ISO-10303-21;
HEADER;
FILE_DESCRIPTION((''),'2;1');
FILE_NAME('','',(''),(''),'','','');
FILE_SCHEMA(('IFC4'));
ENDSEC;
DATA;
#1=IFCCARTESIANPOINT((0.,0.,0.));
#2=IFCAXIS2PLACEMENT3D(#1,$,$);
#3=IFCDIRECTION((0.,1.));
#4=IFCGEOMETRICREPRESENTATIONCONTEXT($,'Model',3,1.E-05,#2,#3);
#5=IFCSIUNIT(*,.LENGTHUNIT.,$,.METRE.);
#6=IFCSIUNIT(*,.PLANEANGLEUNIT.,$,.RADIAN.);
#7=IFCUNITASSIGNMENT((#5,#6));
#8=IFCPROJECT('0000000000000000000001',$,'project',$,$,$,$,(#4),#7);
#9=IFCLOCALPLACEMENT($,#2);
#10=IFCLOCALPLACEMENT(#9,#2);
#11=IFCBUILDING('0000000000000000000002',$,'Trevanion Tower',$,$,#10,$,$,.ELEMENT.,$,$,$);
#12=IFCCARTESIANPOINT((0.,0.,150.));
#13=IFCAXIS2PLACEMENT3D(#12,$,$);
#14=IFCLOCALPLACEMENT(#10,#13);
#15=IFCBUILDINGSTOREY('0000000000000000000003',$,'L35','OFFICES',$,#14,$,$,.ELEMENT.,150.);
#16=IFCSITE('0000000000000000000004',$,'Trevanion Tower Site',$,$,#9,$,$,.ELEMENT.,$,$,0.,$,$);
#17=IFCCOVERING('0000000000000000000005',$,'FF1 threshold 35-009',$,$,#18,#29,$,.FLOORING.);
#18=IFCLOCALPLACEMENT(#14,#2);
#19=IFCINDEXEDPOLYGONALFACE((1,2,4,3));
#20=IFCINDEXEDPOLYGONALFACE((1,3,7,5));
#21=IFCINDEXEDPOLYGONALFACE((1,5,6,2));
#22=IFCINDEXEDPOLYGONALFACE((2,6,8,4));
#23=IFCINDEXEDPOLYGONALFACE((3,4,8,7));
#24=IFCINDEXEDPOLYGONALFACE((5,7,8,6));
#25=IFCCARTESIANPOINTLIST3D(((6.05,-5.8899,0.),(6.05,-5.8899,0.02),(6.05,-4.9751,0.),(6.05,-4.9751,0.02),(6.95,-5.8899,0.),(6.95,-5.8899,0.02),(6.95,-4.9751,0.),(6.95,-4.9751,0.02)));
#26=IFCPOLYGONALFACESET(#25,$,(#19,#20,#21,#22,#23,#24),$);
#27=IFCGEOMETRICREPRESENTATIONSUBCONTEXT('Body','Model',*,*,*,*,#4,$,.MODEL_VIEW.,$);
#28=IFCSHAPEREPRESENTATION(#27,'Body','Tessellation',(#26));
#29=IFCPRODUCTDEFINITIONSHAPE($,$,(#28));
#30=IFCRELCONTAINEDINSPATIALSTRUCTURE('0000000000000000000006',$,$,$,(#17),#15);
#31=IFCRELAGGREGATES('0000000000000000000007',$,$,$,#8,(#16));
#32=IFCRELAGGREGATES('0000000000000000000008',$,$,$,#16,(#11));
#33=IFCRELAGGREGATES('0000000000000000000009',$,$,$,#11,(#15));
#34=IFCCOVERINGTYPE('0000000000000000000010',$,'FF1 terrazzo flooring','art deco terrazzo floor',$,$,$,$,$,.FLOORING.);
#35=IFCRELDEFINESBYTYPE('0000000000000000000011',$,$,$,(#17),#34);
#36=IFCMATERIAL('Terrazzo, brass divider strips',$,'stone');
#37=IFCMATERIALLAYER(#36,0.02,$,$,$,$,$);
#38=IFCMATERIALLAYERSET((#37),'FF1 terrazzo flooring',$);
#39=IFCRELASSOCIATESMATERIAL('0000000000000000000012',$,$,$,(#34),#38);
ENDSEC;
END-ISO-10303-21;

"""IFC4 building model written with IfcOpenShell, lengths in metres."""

from ifc_helpers import new_model, si_unit, direction, frame, origin, place, context, subcontext, project, spatial, polyline, outline, extrude, material, layer, layer_set, type_object, element, save


model = new_model("IFC4")

# Units and contexts
model_context = context("Model", 3, precision=1e-05, world=origin(), true_north=direction((0.0, 1.0)))
body_context = subcontext(model_context, "Body", "Model", "MODEL_VIEW")
ifc_project = project(units=[si_unit("LENGTHUNIT", "METRE"), si_unit("PLANEANGLEUNIT", "RADIAN")], contexts=[model_context])

# Site, building, storey
site_placement = place(None, origin())
site = spatial("IfcSite", under=ifc_project, at=site_placement, Name="Trevanion Tower Site", CompositionType="ELEMENT", RefElevation=0.0)
building_placement = place(site_placement, origin())
building = spatial("IfcBuilding", under=site, at=building_placement, Name="Trevanion Tower", CompositionType="ELEMENT")
storey_placement = place(building_placement, frame((0.0, 0.0, 150.0)))
storey = spatial("IfcBuildingStorey", under=building, at=storey_placement, Name="L35", Description="OFFICES", CompositionType="ELEMENT", Elevation=150.0)

# Covering
ifc_material_1 = material(Name="Terrazzo, brass divider strips", Category="stone")
ifc_layer_1 = layer(ifc_material_1, 0.02)
ifc_layer_set_1 = layer_set([ifc_layer_1], Name="FF1 terrazzo flooring")
covering_type = type_object("IfcCoveringType", Name="FF1 terrazzo flooring", Description="art deco terrazzo floor", PredefinedType="FLOORING", material=ifc_layer_set_1)
covering_1_placement = place(storey_placement, origin())
element("IfcCovering", 1, at=covering_1_placement, inside=storey, type_object=covering_type, Name="FF1 threshold 35-009", PredefinedType="FLOORING", context=body_context, shape_type="SweptSolid", body=[
    extrude(outline(polyline([(6.95, -5.8899), (6.95, -4.9751), (6.05, -4.9751), (6.05, -5.8899), (6.95, -5.8899)])), origin(), (0.0, 0.0, 1.0), 0.02),
])

save(model, "model.ifc")
